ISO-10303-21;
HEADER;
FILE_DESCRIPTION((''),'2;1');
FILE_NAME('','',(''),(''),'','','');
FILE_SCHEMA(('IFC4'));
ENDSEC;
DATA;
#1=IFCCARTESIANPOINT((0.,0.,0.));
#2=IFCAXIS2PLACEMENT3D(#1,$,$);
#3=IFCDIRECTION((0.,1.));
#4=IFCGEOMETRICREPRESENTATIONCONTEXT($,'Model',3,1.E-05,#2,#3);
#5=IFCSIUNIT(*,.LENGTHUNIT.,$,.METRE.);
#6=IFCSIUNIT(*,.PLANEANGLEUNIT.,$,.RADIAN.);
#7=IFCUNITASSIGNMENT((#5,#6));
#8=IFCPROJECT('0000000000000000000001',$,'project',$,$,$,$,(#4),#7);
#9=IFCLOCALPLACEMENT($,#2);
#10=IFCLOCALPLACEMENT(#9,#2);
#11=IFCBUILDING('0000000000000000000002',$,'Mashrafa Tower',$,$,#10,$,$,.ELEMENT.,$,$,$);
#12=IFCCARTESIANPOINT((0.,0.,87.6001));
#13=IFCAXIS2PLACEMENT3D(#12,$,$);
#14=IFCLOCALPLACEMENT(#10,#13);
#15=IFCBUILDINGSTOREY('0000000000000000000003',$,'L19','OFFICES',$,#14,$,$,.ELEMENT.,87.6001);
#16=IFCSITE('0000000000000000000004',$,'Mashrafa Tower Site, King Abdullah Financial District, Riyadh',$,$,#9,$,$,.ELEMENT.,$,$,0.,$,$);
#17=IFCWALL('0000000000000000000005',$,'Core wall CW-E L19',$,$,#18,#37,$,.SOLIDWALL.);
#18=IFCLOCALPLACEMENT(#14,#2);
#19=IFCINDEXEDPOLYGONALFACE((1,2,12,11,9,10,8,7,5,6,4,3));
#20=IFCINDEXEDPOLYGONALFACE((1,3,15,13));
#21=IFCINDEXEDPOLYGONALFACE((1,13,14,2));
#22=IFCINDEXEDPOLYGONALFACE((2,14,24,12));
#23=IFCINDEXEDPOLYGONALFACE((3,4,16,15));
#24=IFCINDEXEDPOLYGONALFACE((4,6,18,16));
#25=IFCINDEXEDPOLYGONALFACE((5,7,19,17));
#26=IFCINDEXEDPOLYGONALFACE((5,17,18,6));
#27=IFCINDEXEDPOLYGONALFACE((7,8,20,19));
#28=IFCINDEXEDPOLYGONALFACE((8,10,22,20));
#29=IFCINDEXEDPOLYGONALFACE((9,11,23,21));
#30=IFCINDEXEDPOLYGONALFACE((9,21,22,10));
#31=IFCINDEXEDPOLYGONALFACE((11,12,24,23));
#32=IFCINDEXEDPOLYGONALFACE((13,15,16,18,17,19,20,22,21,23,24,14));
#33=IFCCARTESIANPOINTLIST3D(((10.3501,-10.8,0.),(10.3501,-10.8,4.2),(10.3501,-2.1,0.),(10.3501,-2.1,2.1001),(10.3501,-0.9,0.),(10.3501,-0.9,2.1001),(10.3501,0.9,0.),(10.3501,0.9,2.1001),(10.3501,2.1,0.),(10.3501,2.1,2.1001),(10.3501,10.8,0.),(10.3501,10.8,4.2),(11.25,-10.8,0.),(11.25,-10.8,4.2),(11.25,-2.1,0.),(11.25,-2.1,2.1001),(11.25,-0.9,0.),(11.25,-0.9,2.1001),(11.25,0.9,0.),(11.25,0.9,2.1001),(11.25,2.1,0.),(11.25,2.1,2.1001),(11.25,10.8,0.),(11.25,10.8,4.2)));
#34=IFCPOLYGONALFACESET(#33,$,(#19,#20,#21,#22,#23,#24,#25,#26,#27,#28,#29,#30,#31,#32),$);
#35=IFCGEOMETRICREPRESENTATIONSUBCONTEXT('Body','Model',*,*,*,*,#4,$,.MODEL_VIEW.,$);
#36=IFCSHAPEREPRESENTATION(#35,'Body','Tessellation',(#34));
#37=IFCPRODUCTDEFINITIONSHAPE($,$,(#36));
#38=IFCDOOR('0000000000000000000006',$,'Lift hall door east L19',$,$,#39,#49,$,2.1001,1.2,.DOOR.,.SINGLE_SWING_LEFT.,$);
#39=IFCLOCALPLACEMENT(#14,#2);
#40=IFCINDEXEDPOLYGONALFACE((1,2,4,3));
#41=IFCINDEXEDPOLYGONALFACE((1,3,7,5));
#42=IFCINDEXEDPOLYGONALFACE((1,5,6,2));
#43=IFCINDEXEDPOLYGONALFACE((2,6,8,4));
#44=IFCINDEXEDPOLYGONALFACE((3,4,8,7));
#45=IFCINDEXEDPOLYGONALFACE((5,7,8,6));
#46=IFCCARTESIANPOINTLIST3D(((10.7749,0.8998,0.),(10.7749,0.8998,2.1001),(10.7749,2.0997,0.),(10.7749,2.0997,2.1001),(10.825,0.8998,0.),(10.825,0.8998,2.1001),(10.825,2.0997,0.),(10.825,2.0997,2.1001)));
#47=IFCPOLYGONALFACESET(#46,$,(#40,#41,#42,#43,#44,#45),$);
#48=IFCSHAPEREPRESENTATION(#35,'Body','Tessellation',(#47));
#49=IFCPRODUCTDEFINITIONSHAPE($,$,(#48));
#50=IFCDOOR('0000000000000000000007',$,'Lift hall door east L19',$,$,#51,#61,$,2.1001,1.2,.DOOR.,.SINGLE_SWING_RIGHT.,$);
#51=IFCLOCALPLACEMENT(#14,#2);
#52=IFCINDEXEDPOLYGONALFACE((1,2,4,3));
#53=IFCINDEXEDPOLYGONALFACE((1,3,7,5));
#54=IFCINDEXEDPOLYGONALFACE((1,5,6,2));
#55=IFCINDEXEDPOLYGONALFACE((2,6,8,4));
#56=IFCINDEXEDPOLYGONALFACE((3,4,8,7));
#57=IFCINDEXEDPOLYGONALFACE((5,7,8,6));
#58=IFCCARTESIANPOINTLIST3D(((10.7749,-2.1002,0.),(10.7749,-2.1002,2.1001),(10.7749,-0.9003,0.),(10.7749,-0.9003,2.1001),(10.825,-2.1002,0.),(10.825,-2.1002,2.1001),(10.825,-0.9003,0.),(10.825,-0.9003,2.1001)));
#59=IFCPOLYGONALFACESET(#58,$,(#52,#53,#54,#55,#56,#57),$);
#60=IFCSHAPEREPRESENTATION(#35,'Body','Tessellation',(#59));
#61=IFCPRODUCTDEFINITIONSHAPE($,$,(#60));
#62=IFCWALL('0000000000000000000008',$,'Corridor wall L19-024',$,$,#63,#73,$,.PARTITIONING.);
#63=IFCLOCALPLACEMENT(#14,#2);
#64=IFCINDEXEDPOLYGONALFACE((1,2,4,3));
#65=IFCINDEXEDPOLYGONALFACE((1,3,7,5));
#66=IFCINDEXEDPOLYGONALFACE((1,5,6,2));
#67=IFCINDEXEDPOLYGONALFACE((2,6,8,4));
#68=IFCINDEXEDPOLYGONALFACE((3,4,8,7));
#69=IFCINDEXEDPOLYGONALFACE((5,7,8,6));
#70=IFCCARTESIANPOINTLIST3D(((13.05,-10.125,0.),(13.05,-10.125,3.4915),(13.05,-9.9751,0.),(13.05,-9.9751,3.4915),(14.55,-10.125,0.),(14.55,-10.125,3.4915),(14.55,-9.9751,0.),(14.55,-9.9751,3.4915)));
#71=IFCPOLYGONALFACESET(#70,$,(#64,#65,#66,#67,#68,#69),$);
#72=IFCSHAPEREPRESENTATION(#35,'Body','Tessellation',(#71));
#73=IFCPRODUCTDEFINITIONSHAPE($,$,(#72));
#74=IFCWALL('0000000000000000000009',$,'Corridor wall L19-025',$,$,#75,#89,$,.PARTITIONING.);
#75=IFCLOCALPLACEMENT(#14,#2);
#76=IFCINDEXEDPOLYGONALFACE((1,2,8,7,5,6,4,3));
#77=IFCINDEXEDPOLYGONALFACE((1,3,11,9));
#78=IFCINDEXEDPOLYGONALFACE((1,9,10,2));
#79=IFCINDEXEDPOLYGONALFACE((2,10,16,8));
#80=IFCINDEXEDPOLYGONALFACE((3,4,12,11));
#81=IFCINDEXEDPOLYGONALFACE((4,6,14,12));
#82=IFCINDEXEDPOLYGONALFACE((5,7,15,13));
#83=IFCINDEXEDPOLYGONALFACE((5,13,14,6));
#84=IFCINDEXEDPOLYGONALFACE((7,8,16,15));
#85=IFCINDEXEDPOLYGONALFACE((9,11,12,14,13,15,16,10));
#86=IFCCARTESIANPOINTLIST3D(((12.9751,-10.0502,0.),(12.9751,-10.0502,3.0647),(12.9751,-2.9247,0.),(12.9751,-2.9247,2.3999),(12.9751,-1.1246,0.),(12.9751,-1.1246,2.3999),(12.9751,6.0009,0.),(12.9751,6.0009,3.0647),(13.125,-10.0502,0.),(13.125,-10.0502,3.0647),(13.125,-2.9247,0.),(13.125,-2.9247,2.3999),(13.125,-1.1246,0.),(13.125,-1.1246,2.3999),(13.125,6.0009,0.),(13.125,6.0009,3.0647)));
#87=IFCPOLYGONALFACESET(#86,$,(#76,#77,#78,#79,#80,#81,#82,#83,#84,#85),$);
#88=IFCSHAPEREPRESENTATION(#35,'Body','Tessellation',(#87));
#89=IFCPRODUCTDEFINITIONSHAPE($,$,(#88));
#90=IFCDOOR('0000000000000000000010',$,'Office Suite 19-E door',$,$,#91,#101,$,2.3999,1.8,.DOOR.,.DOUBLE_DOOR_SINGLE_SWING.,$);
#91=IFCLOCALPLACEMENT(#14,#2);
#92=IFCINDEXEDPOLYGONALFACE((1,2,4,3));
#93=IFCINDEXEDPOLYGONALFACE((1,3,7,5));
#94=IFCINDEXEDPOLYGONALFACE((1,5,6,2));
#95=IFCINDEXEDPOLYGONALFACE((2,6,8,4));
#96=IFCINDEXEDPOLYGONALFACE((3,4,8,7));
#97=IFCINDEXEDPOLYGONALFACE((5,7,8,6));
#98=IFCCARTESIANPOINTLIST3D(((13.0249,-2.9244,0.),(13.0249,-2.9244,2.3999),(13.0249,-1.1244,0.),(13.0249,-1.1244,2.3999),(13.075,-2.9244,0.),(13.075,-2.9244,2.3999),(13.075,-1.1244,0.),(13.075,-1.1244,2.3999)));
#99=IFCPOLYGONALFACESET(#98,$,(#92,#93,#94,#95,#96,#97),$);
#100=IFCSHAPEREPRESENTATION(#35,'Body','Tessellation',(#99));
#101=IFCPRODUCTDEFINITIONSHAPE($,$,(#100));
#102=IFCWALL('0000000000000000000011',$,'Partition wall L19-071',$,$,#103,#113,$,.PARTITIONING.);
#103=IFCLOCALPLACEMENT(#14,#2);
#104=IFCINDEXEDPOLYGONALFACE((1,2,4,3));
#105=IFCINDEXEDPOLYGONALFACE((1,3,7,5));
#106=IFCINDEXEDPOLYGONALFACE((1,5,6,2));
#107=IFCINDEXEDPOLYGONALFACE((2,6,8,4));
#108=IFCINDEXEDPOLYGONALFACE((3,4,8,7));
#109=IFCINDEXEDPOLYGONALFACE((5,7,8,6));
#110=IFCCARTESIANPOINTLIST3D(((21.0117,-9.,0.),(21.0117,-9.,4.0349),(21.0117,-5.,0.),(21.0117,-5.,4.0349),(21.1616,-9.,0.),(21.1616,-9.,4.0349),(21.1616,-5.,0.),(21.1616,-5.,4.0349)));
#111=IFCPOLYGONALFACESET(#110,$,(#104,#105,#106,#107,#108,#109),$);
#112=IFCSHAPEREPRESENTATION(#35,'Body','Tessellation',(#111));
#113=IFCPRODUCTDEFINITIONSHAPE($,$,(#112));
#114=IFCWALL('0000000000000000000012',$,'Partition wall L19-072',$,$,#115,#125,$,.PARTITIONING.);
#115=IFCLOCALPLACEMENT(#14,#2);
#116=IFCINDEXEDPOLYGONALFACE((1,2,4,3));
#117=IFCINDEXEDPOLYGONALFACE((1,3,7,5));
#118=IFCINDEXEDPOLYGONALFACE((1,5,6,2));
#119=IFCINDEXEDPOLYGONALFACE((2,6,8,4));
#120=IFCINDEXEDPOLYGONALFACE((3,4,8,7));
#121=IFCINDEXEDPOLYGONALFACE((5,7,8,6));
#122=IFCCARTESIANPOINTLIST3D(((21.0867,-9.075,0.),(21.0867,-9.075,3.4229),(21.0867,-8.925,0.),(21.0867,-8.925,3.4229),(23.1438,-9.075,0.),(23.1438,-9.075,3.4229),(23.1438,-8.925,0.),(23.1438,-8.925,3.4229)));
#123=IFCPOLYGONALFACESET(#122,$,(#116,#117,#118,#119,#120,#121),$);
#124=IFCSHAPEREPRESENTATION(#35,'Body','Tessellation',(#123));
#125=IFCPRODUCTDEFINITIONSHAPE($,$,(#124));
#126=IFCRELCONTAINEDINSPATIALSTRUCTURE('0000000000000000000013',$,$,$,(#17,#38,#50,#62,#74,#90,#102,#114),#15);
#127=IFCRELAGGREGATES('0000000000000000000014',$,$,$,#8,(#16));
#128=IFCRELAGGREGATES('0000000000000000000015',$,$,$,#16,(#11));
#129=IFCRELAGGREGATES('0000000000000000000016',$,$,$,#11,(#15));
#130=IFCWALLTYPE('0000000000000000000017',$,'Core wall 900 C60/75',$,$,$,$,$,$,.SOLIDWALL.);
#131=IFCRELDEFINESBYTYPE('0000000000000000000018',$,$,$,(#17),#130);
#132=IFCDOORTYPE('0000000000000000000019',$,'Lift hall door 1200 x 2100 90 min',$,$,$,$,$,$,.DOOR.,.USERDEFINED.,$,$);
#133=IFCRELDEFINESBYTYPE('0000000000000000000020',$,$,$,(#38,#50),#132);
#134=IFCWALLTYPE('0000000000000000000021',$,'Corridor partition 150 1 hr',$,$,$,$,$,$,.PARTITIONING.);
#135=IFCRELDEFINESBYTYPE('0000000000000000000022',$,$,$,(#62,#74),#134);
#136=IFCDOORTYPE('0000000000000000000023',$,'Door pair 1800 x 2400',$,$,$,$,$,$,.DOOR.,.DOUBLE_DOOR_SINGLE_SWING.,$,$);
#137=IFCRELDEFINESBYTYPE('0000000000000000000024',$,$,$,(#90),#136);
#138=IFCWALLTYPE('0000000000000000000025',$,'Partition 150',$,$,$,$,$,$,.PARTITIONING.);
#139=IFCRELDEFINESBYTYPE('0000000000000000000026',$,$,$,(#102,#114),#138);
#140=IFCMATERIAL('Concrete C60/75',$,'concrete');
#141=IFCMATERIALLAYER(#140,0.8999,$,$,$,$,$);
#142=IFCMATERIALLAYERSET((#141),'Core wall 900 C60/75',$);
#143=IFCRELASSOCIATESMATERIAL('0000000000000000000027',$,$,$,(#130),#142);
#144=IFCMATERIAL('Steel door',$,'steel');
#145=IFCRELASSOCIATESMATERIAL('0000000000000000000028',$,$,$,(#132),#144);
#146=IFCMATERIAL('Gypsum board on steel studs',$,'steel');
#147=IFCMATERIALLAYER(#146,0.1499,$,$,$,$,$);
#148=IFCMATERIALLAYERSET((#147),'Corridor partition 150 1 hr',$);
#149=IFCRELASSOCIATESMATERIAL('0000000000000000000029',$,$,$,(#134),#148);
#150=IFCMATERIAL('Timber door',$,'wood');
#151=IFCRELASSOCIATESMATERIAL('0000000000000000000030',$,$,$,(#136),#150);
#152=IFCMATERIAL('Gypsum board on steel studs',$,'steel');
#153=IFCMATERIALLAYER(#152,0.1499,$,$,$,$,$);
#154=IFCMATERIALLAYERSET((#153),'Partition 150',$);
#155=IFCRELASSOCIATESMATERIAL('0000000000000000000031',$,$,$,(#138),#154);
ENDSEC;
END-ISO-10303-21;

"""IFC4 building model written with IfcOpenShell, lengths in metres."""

from ifc_helpers import new_model, si_unit, direction, frame, frame_2d, origin, place, context, subcontext, project, spatial, rectangle, extrude, material, layer, layer_set, type_object, element, fill, save


model = new_model("IFC4")

# Units and contexts
model_context = context("Model", 3, precision=1e-05, world=origin(), true_north=direction((0.0, 1.0)))
body_context = subcontext(model_context, "Body", "Model", "MODEL_VIEW")
ifc_project = project(units=[si_unit("LENGTHUNIT", "METRE"), si_unit("PLANEANGLEUNIT", "RADIAN")], contexts=[model_context])

# Site, building, storey
site_placement = place(None, origin())
site = spatial("IfcSite", under=ifc_project, at=site_placement, Name="Mashrafa Tower Site, King Abdullah Financial District, Riyadh", CompositionType="ELEMENT", RefElevation=0.0)
building_placement = place(site_placement, origin())
building = spatial("IfcBuilding", under=site, at=building_placement, Name="Mashrafa Tower", CompositionType="ELEMENT")
storey_placement = place(building_placement, frame((0.0, 0.0, 87.6001)))
storey = spatial("IfcBuildingStorey", under=building, at=storey_placement, Name="L19", Description="OFFICES", CompositionType="ELEMENT", Elevation=87.6001)

# Wall, openings, doors
ifc_material_1 = material(Name="Concrete C60/75", Category="concrete")
ifc_layer_1 = layer(ifc_material_1, 0.8999)
ifc_layer_set_1 = layer_set([ifc_layer_1], Name="Core wall 900 C60/75")
wall_type_1 = type_object("IfcWallType", Name="Core wall 900 C60/75", PredefinedType="SOLIDWALL", material=ifc_layer_set_1)
wall_1_placement = place(storey_placement, frame((10.8, -10.8, 0.0), z_axis=(0.0, 0.0, 1.0), x_axis=(0.0, 1.0, 0.0)))
wall_1 = element("IfcWall", 1, at=wall_1_placement, inside=storey, type_object=wall_type_1, Name="Core wall CW-E L19", PredefinedType="SOLIDWALL", context=body_context, shape_type="SweptSolid", body=[
    extrude(rectangle(XDim=21.6001, YDim=0.8999, at=frame_2d((10.8, 0.0))), origin(), (0.0, 0.0, 1.0), 4.2),
])
opening_1_placement = place(wall_1_placement, frame((11.7, 0.0, 0.0)))
opening_1 = element("IfcOpeningElement", 2, at=opening_1_placement, cuts=wall_1, PredefinedType="OPENING", context=body_context, shape_type="SweptSolid", body=[
    extrude(rectangle(XDim=1.2, YDim=2.1001, at=frame_2d((0.6001, 1.05))), frame((0.0, 0.46, 0.0), z_axis=(0.0, -1.0, 0.0), x_axis=(1.0, 0.0, 0.0)), (0.0, 0.0, 1.0), 0.9199),
])
opening_2_placement = place(wall_1_placement, frame((8.7, 0.0, 0.0)))
opening_2 = element("IfcOpeningElement", 3, at=opening_2_placement, cuts=wall_1, PredefinedType="OPENING", context=body_context, shape_type="SweptSolid", body=[
    extrude(rectangle(XDim=1.2, YDim=2.1001, at=frame_2d((0.6001, 1.05))), frame((0.0, 0.46, 0.0), z_axis=(0.0, -1.0, 0.0), x_axis=(1.0, 0.0, 0.0)), (0.0, 0.0, 1.0), 0.9199),
])
ifc_material_2 = material(Name="Steel door", Category="steel")
door_type_1 = type_object("IfcDoorType", Name="Lift hall door 1200 x 2100 90 min", OperationType="USERDEFINED", PredefinedType="DOOR", material=ifc_material_2)
door_1_placement = place(opening_1_placement, frame((1.2, 0.0, 0.0), z_axis=(0.0, 0.0, 1.0), x_axis=(-1.0, 0.0, 0.0)))
door_1 = element("IfcDoor", 4, at=door_1_placement, inside=storey, type_object=door_type_1, Name="Lift hall door east L19", OperationType="SINGLE_SWING_LEFT", OverallHeight=2.1001, OverallWidth=1.2, PredefinedType="DOOR", context=body_context, shape_type="SweptSolid", body=[
    extrude(rectangle(XDim=1.2, YDim=2.1001, at=frame_2d((0.6001, 1.05))), frame((0.0, 0.0249, 0.0), z_axis=(0.0, -1.0, 0.0), x_axis=(1.0, 0.0, 0.0)), (0.0, 0.0, 1.0), 0.05),
])
fill(opening_1, door_1)
door_2_placement = place(opening_2_placement, frame((1.2, 0.0, 0.0), z_axis=(0.0, 0.0, 1.0), x_axis=(-1.0, 0.0, 0.0)))
door_2 = element("IfcDoor", 5, at=door_2_placement, inside=storey, type_object=door_type_1, Name="Lift hall door east L19", OperationType="SINGLE_SWING_RIGHT", OverallHeight=2.1001, OverallWidth=1.2, PredefinedType="DOOR", context=body_context, shape_type="SweptSolid", body=[
    extrude(rectangle(XDim=1.2, YDim=2.1001, at=frame_2d((0.6001, 1.05))), frame((0.0, 0.0249, 0.0), z_axis=(0.0, -1.0, 0.0), x_axis=(1.0, 0.0, 0.0)), (0.0, 0.0, 1.0), 0.05),
])
fill(opening_2, door_2)

# Wall
ifc_material_3 = material(Name="Gypsum board on steel studs", Category="steel")
ifc_layer_2 = layer(ifc_material_3, 0.1499)
ifc_layer_set_2 = layer_set([ifc_layer_2], Name="Corridor partition 150 1 hr")
wall_type_2 = type_object("IfcWallType", Name="Corridor partition 150 1 hr", PredefinedType="PARTITIONING", material=ifc_layer_set_2)
wall_2_placement = place(storey_placement, frame((14.55, -10.05, 0.0), z_axis=(0.0, 0.0, 1.0), x_axis=(-1.0, 0.0, 0.0)))
element("IfcWall", 6, at=wall_2_placement, inside=storey, type_object=wall_type_2, Name="Corridor wall L19-024", PredefinedType="PARTITIONING", context=body_context, shape_type="SweptSolid", body=[
    extrude(rectangle(XDim=1.5, YDim=0.1499, at=frame_2d((0.75, 0.0))), origin(), (0.0, 0.0, 1.0), 3.4915),
])

# Wall, opening, door
wall_3_placement = place(storey_placement, frame((13.05, -10.05, 0.0), z_axis=(0.0, 0.0, 1.0), x_axis=(0.0, 1.0, 0.0)))
wall_3 = element("IfcWall", 7, at=wall_3_placement, inside=storey, type_object=wall_type_2, Name="Corridor wall L19-025", PredefinedType="PARTITIONING", context=body_context, shape_type="SweptSolid", body=[
    extrude(rectangle(XDim=16.051, YDim=0.1499, at=frame_2d((8.0254, 0.0))), origin(), (0.0, 0.0, 1.0), 3.0647),
])
opening_3_placement = place(wall_3_placement, frame((7.1255, 0.0, 0.0)))
opening_3 = element("IfcOpeningElement", 8, at=opening_3_placement, cuts=wall_3, PredefinedType="OPENING", context=body_context, shape_type="SweptSolid", body=[
    extrude(rectangle(XDim=1.8, YDim=2.3999, at=frame_2d((0.8999, 1.2))), frame((0.0, 0.085, 0.0), z_axis=(0.0, -1.0, 0.0), x_axis=(1.0, 0.0, 0.0)), (0.0, 0.0, 1.0), 0.1699),
])
ifc_material_4 = material(Name="Timber door", Category="wood")
door_type_2 = type_object("IfcDoorType", Name="Door pair 1800 x 2400", OperationType="DOUBLE_DOOR_SINGLE_SWING", PredefinedType="DOOR", material=ifc_material_4)
door_3_placement = place(opening_3_placement, frame((1.8, 0.0, 0.0), z_axis=(0.0, 0.0, 1.0), x_axis=(-1.0, 0.0, 0.0)))
door_3 = element("IfcDoor", 9, at=door_3_placement, inside=storey, type_object=door_type_2, Name="Office Suite 19-E door", OperationType="DOUBLE_DOOR_SINGLE_SWING", OverallHeight=2.3999, OverallWidth=1.8, PredefinedType="DOOR", context=body_context, shape_type="SweptSolid", body=[
    extrude(rectangle(XDim=1.8, YDim=2.3999, at=frame_2d((0.8999, 1.2))), frame((0.0, 0.0249, 0.0), z_axis=(0.0, -1.0, 0.0), x_axis=(1.0, 0.0, 0.0)), (0.0, 0.0, 1.0), 0.05),
])
fill(opening_3, door_3)

# Walls
ifc_material_5 = material(Name="Gypsum board on steel studs", Category="steel")
ifc_layer_3 = layer(ifc_material_5, 0.1499)
ifc_layer_set_3 = layer_set([ifc_layer_3], Name="Partition 150")
wall_type_3 = type_object("IfcWallType", Name="Partition 150", PredefinedType="PARTITIONING", material=ifc_layer_set_3)
wall_4_placement = place(storey_placement, frame((21.0867, -5.0, 0.0), z_axis=(0.0, 0.0, 1.0), x_axis=(0.0, -1.0, 0.0)))
element("IfcWall", 10, at=wall_4_placement, inside=storey, type_object=wall_type_3, Name="Partition wall L19-071", PredefinedType="PARTITIONING", context=body_context, shape_type="SweptSolid", body=[
    extrude(rectangle(XDim=4.0, YDim=0.1499, at=frame_2d((2.0, 0.0))), origin(), (0.0, 0.0, 1.0), 4.0349),
])
wall_5_placement = place(storey_placement, frame((21.0867, -9.0, 0.0), z_axis=(0.0, 0.0, 1.0), x_axis=(1.0, 0.0, 0.0)))
element("IfcWall", 11, at=wall_5_placement, inside=storey, type_object=wall_type_3, Name="Partition wall L19-072", PredefinedType="PARTITIONING", context=body_context, shape_type="SweptSolid", body=[
    extrude(rectangle(XDim=2.0571, YDim=0.1499, at=frame_2d((1.0286, 0.0))), origin(), (0.0, 0.0, 1.0), 3.4229),
])

save(model, "model.ifc")
